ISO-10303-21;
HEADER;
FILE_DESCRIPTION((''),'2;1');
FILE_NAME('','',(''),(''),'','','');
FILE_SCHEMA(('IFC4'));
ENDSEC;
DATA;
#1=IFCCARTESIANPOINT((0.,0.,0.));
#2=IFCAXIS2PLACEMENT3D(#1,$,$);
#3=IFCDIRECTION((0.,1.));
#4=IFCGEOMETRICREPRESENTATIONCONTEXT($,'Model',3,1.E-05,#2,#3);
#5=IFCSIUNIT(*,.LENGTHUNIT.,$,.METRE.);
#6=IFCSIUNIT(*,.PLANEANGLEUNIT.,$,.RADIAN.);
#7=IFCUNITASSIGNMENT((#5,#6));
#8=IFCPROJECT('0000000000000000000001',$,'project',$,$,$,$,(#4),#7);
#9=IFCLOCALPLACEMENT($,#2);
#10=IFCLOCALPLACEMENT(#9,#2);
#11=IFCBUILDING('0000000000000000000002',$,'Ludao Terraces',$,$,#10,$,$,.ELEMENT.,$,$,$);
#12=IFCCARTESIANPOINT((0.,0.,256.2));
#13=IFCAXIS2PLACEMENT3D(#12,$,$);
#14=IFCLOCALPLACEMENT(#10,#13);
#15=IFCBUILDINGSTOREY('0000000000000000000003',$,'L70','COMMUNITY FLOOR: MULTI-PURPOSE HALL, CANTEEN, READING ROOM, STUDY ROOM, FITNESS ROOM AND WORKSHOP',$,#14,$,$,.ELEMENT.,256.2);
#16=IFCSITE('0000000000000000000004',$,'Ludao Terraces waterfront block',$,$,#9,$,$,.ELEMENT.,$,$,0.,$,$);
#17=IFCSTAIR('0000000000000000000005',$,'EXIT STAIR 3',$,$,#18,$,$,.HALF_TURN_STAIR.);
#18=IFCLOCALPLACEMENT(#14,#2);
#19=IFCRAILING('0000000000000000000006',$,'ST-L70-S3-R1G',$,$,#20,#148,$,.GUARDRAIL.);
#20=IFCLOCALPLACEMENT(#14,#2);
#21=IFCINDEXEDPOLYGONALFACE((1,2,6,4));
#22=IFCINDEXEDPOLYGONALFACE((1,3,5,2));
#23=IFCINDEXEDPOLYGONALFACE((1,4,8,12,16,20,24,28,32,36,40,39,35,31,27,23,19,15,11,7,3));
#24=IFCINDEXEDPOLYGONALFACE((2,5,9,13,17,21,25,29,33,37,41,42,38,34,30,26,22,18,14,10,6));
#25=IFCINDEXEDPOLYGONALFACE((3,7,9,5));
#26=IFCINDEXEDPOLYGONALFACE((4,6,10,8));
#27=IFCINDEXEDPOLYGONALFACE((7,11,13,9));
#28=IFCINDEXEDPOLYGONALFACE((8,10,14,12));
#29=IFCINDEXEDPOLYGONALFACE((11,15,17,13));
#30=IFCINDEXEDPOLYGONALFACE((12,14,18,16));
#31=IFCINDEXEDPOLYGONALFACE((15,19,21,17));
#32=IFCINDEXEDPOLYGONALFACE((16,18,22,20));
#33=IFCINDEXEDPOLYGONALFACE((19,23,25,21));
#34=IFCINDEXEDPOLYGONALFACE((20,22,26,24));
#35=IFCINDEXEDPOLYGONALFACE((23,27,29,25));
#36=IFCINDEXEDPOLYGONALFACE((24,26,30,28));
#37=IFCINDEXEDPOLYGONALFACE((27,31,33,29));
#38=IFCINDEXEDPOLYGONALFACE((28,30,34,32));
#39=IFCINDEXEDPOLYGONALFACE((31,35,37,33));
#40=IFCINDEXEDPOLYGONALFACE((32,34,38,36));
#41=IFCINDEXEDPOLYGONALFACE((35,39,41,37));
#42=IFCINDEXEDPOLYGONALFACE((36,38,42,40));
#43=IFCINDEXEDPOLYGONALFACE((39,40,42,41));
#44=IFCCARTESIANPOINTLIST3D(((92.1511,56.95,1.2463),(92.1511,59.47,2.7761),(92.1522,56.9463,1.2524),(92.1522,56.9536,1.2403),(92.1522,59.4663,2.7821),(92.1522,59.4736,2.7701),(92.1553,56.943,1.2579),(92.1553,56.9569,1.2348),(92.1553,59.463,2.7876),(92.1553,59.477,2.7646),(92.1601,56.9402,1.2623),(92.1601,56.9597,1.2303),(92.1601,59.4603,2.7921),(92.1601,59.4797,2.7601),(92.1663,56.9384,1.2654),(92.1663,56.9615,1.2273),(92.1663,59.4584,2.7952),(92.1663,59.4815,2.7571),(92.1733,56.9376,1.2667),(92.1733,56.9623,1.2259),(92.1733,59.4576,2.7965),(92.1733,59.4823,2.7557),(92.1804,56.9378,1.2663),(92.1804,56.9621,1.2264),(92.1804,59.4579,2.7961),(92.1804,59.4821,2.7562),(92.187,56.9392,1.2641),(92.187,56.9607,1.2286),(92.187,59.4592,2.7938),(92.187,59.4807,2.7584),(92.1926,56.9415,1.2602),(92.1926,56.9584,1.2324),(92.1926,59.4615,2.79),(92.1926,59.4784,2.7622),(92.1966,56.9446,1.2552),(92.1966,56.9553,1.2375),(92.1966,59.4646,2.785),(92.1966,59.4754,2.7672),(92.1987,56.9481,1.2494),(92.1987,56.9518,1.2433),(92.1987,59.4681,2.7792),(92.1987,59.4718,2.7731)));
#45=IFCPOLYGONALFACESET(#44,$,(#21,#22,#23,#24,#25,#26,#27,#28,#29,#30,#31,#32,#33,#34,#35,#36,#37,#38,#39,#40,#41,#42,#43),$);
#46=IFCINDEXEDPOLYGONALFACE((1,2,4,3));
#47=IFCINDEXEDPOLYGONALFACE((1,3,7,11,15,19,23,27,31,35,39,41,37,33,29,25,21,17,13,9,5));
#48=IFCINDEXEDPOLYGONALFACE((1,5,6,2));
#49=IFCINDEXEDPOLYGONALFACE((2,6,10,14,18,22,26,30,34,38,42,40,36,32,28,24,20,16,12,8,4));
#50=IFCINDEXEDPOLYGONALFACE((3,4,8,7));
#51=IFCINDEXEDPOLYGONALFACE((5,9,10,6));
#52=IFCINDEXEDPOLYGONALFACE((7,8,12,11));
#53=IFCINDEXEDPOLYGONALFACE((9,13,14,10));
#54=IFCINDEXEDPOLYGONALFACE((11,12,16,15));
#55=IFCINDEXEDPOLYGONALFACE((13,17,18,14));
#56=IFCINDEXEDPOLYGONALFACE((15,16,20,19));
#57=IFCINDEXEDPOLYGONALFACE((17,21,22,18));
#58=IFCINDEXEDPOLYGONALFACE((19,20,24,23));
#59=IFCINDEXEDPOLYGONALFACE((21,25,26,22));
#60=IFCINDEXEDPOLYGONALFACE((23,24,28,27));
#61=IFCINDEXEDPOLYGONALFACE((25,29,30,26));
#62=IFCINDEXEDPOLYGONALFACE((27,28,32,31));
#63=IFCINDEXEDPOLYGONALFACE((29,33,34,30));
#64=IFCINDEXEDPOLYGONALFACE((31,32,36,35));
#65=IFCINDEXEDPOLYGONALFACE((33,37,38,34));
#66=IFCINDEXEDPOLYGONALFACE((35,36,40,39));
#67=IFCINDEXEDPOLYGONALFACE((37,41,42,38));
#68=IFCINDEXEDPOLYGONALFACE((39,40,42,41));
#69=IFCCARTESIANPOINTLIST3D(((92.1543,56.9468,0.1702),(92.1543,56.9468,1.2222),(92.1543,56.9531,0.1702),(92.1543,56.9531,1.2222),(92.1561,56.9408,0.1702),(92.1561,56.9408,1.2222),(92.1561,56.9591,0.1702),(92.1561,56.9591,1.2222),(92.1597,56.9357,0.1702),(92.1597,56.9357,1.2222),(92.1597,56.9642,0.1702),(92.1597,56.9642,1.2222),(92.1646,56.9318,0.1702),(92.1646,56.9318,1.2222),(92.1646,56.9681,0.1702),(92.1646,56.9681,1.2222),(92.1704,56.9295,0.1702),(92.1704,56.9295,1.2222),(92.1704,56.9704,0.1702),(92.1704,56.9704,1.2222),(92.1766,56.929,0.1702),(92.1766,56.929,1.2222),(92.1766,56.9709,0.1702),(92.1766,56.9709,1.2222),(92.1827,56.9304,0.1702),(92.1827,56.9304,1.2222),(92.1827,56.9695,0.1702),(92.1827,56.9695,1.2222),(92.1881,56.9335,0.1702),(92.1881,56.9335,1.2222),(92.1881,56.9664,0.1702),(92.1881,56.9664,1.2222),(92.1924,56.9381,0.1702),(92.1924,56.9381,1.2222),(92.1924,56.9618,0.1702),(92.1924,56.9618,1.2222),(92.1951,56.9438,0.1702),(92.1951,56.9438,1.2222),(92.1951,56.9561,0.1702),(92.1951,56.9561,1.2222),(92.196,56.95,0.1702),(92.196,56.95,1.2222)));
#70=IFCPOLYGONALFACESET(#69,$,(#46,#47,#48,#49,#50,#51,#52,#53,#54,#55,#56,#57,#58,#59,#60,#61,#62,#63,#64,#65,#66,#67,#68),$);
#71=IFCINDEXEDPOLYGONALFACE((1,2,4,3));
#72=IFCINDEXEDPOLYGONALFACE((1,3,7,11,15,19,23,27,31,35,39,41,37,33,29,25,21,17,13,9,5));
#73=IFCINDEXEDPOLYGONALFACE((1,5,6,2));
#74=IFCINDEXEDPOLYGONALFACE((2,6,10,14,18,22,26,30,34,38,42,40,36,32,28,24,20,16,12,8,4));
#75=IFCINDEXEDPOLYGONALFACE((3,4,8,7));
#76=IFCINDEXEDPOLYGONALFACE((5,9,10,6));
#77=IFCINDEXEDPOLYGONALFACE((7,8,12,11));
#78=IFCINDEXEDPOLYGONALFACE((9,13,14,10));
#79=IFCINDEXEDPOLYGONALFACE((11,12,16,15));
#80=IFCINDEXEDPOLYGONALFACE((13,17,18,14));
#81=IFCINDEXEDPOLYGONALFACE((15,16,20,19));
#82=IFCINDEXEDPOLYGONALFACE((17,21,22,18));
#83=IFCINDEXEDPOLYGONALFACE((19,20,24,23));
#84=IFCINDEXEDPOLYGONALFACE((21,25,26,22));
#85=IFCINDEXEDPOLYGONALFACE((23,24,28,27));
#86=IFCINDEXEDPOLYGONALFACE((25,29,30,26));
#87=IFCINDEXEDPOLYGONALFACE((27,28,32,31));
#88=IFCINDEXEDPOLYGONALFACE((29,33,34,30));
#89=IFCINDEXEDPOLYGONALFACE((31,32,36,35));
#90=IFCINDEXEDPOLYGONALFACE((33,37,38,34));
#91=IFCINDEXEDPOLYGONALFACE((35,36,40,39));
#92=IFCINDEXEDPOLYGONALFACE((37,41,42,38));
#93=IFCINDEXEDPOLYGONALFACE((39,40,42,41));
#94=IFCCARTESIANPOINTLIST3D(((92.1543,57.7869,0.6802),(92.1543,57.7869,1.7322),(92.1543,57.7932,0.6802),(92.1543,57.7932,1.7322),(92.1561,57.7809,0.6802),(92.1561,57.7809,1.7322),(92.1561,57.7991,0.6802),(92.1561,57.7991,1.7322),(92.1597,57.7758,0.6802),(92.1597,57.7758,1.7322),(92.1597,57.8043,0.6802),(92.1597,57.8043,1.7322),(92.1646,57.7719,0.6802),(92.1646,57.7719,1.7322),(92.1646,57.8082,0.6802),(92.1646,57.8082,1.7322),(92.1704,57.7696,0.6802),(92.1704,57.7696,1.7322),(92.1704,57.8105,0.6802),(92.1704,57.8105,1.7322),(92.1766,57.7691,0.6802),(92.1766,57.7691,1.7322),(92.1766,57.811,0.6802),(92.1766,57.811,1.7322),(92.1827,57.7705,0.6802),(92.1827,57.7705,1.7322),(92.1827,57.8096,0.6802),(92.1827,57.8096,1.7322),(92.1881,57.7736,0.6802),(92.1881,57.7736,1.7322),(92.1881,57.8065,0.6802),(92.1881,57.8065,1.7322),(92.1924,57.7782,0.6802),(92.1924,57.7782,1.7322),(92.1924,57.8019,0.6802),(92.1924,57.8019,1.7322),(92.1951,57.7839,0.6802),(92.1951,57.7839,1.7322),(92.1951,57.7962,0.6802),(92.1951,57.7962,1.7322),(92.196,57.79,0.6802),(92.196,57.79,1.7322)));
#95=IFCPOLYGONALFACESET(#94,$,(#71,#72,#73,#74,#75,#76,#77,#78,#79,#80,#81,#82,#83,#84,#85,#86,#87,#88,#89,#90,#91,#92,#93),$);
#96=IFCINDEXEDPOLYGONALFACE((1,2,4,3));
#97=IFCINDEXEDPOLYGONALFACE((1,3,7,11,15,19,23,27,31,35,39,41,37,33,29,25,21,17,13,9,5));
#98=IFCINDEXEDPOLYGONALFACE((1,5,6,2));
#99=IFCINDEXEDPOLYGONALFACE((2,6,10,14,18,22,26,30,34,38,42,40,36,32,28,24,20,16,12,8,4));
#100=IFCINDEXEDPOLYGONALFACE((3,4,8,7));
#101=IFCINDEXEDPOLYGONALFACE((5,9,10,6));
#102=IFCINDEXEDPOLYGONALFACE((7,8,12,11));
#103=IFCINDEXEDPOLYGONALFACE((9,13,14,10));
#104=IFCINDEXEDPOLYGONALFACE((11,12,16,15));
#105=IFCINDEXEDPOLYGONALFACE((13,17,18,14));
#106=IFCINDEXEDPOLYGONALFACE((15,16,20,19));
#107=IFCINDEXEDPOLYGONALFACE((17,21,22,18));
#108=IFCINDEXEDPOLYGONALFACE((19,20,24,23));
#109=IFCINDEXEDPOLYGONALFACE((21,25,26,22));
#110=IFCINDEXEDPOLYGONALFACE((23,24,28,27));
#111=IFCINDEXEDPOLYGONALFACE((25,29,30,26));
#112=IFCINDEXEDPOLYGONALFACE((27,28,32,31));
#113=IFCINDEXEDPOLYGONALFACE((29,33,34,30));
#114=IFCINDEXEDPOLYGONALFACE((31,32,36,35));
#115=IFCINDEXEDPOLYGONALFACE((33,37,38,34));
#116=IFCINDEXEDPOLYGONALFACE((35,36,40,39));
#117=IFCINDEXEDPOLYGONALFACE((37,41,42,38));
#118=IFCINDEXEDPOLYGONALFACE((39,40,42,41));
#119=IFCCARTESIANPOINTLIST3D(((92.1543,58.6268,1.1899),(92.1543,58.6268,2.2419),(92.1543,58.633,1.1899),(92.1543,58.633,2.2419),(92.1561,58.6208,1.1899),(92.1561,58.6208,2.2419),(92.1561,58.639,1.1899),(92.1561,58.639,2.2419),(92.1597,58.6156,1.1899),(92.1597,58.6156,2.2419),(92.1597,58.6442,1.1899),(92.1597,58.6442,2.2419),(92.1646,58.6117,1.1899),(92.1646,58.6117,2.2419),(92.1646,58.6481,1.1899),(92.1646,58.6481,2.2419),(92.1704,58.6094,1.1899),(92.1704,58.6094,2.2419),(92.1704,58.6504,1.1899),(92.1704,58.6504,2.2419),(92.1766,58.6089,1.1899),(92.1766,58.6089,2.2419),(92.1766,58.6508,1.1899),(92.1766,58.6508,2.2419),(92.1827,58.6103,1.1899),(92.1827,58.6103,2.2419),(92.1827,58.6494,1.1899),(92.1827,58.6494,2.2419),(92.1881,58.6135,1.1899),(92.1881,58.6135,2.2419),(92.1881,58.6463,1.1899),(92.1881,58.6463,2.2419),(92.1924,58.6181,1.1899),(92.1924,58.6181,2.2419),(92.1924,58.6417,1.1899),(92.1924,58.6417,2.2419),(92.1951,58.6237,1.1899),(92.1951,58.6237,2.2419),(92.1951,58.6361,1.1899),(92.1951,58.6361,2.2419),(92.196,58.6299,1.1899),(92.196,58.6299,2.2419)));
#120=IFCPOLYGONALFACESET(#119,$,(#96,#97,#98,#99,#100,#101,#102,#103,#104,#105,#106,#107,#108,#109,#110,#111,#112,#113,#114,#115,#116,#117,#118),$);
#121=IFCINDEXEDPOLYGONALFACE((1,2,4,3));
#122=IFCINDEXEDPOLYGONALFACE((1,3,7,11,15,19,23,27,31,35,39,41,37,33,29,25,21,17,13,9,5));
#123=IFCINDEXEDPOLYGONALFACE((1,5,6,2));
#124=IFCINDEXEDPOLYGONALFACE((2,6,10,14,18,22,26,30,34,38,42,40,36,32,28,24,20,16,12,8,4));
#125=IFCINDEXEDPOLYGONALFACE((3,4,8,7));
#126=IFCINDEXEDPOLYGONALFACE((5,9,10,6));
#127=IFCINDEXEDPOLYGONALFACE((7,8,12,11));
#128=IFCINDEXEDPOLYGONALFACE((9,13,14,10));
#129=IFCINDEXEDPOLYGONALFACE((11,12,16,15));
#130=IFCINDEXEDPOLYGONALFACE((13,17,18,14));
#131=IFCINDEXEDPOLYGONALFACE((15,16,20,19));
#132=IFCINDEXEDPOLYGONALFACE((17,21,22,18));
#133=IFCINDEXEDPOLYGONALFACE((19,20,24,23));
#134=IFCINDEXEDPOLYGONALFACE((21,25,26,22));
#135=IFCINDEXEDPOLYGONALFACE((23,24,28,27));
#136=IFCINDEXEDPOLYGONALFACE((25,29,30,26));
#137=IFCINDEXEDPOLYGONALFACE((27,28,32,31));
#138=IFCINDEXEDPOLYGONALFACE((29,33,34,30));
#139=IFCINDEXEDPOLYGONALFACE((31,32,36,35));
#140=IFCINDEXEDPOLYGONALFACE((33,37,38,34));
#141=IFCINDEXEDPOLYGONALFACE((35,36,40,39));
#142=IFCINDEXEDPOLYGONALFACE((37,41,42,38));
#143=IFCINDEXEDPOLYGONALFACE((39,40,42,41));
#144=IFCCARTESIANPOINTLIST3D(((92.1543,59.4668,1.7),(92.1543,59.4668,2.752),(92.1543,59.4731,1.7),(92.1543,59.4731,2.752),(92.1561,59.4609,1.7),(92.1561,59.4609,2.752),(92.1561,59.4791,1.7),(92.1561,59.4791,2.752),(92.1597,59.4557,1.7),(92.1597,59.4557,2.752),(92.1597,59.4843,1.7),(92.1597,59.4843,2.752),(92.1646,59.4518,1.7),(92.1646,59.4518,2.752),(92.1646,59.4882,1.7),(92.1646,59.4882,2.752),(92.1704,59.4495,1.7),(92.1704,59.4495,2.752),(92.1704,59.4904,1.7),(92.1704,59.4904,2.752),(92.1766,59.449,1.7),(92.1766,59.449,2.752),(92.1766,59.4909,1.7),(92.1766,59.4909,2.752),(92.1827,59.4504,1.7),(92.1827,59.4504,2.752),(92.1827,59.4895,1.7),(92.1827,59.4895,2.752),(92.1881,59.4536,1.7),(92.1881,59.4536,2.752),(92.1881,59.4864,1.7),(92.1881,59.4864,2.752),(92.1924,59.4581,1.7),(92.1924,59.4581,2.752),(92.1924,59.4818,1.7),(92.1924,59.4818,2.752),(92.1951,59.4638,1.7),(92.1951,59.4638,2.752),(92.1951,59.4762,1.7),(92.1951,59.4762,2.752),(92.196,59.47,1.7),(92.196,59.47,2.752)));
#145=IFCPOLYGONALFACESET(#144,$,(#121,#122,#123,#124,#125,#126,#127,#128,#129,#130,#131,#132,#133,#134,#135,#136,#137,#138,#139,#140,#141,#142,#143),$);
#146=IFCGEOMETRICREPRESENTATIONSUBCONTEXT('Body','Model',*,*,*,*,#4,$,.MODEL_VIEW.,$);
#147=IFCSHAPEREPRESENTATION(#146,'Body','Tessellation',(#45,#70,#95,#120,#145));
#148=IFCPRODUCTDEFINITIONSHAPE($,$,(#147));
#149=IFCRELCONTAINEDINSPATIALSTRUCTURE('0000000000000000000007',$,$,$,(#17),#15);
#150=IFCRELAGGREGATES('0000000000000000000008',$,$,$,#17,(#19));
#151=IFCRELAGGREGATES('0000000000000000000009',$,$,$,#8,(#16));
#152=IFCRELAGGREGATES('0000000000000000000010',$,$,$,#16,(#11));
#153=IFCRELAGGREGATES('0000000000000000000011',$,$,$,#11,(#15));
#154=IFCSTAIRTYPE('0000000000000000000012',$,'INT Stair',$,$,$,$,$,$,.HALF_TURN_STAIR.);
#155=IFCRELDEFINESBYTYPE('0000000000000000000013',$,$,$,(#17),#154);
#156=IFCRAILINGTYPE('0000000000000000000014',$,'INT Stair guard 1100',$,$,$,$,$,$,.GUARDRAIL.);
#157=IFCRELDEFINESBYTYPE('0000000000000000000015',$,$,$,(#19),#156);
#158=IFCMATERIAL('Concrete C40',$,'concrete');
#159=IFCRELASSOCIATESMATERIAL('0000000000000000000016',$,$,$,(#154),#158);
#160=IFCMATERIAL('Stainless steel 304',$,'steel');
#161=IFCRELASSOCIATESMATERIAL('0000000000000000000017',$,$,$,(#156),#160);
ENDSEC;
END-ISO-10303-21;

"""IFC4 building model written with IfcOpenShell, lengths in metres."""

from ifc_helpers import new_model, si_unit, direction, frame, origin, origin_2d, place, context, subcontext, project, spatial, circle, extrude, material, type_object, element, aggregate, save


model = new_model("IFC4")

# Units and contexts
model_context = context("Model", 3, precision=1e-05, world=origin(), true_north=direction((0.0, 1.0)))
body_context = subcontext(model_context, "Body", "Model", "MODEL_VIEW")
ifc_project = project(units=[si_unit("LENGTHUNIT", "METRE"), si_unit("PLANEANGLEUNIT", "RADIAN")], contexts=[model_context])

# Site, building, storey
site_placement = place(None, origin())
site = spatial("IfcSite", under=ifc_project, at=site_placement, Name="Ludao Terraces waterfront block", CompositionType="ELEMENT", RefElevation=0.0)
building_placement = place(site_placement, origin())
building = spatial("IfcBuilding", under=site, at=building_placement, Name="Ludao Terraces", CompositionType="ELEMENT")
storey_placement = place(building_placement, frame((0.0, 0.0, 256.2)))
storey = spatial("IfcBuildingStorey", under=building, at=storey_placement, Name="L70", Description="COMMUNITY FLOOR: MULTI-PURPOSE HALL, CANTEEN, READING ROOM, STUDY ROOM, FITNESS ROOM AND WORKSHOP", CompositionType="ELEMENT", Elevation=256.2)

# Shared definitions
ifc_material_1 = material(Name="Concrete C40", Category="concrete")

# Stair, railing
stair_type = type_object("IfcStairType", Name="INT Stair", PredefinedType="HALF_TURN_STAIR", material=ifc_material_1)
stair_placement = place(storey_placement, origin())
stair = element("IfcStair", 1, at=stair_placement, inside=storey, type_object=stair_type, Name="EXIT STAIR 3", PredefinedType="HALF_TURN_STAIR")
ifc_material_2 = material(Name="Stainless steel 304", Category="steel")
railing_type_1 = type_object("IfcRailingType", Name="INT Stair guard 1100", PredefinedType="GUARDRAIL", material=ifc_material_2)
railing_1_placement = place(storey_placement, frame((92.175, 56.95, 0.1702)))
railing_1 = element("IfcRailing", 2, at=railing_1_placement, type_object=railing_type_1, Name="ST-L70-S3-R1G", PredefinedType="GUARDRAIL", context=body_context, shape_type="SweptSolid", body=[
    extrude(circle(Radius=0.0239, at=origin_2d()), frame((0.0, 0.0, 1.0762), z_axis=(0.0, 0.854822, 0.518922), x_axis=(-1.0, 0.0, 0.0)), (0.0, 0.0, 1.0), 2.948),
    extrude(circle(Radius=0.021, at=origin_2d()), origin(), (0.0, 0.0, 1.0), 1.052),
    extrude(circle(Radius=0.021, at=origin_2d()), frame((0.0, 0.8401, 0.51)), (0.0, 0.0, 1.0), 1.052),
    extrude(circle(Radius=0.021, at=origin_2d()), frame((0.0, 1.6799, 1.0198)), (0.0, 0.0, 1.0), 1.052),
    extrude(circle(Radius=0.021, at=origin_2d()), frame((0.0, 2.52, 1.5298)), (0.0, 0.0, 1.0), 1.052),
])
aggregate(stair, [railing_1])

save(model, "model.ifc")
